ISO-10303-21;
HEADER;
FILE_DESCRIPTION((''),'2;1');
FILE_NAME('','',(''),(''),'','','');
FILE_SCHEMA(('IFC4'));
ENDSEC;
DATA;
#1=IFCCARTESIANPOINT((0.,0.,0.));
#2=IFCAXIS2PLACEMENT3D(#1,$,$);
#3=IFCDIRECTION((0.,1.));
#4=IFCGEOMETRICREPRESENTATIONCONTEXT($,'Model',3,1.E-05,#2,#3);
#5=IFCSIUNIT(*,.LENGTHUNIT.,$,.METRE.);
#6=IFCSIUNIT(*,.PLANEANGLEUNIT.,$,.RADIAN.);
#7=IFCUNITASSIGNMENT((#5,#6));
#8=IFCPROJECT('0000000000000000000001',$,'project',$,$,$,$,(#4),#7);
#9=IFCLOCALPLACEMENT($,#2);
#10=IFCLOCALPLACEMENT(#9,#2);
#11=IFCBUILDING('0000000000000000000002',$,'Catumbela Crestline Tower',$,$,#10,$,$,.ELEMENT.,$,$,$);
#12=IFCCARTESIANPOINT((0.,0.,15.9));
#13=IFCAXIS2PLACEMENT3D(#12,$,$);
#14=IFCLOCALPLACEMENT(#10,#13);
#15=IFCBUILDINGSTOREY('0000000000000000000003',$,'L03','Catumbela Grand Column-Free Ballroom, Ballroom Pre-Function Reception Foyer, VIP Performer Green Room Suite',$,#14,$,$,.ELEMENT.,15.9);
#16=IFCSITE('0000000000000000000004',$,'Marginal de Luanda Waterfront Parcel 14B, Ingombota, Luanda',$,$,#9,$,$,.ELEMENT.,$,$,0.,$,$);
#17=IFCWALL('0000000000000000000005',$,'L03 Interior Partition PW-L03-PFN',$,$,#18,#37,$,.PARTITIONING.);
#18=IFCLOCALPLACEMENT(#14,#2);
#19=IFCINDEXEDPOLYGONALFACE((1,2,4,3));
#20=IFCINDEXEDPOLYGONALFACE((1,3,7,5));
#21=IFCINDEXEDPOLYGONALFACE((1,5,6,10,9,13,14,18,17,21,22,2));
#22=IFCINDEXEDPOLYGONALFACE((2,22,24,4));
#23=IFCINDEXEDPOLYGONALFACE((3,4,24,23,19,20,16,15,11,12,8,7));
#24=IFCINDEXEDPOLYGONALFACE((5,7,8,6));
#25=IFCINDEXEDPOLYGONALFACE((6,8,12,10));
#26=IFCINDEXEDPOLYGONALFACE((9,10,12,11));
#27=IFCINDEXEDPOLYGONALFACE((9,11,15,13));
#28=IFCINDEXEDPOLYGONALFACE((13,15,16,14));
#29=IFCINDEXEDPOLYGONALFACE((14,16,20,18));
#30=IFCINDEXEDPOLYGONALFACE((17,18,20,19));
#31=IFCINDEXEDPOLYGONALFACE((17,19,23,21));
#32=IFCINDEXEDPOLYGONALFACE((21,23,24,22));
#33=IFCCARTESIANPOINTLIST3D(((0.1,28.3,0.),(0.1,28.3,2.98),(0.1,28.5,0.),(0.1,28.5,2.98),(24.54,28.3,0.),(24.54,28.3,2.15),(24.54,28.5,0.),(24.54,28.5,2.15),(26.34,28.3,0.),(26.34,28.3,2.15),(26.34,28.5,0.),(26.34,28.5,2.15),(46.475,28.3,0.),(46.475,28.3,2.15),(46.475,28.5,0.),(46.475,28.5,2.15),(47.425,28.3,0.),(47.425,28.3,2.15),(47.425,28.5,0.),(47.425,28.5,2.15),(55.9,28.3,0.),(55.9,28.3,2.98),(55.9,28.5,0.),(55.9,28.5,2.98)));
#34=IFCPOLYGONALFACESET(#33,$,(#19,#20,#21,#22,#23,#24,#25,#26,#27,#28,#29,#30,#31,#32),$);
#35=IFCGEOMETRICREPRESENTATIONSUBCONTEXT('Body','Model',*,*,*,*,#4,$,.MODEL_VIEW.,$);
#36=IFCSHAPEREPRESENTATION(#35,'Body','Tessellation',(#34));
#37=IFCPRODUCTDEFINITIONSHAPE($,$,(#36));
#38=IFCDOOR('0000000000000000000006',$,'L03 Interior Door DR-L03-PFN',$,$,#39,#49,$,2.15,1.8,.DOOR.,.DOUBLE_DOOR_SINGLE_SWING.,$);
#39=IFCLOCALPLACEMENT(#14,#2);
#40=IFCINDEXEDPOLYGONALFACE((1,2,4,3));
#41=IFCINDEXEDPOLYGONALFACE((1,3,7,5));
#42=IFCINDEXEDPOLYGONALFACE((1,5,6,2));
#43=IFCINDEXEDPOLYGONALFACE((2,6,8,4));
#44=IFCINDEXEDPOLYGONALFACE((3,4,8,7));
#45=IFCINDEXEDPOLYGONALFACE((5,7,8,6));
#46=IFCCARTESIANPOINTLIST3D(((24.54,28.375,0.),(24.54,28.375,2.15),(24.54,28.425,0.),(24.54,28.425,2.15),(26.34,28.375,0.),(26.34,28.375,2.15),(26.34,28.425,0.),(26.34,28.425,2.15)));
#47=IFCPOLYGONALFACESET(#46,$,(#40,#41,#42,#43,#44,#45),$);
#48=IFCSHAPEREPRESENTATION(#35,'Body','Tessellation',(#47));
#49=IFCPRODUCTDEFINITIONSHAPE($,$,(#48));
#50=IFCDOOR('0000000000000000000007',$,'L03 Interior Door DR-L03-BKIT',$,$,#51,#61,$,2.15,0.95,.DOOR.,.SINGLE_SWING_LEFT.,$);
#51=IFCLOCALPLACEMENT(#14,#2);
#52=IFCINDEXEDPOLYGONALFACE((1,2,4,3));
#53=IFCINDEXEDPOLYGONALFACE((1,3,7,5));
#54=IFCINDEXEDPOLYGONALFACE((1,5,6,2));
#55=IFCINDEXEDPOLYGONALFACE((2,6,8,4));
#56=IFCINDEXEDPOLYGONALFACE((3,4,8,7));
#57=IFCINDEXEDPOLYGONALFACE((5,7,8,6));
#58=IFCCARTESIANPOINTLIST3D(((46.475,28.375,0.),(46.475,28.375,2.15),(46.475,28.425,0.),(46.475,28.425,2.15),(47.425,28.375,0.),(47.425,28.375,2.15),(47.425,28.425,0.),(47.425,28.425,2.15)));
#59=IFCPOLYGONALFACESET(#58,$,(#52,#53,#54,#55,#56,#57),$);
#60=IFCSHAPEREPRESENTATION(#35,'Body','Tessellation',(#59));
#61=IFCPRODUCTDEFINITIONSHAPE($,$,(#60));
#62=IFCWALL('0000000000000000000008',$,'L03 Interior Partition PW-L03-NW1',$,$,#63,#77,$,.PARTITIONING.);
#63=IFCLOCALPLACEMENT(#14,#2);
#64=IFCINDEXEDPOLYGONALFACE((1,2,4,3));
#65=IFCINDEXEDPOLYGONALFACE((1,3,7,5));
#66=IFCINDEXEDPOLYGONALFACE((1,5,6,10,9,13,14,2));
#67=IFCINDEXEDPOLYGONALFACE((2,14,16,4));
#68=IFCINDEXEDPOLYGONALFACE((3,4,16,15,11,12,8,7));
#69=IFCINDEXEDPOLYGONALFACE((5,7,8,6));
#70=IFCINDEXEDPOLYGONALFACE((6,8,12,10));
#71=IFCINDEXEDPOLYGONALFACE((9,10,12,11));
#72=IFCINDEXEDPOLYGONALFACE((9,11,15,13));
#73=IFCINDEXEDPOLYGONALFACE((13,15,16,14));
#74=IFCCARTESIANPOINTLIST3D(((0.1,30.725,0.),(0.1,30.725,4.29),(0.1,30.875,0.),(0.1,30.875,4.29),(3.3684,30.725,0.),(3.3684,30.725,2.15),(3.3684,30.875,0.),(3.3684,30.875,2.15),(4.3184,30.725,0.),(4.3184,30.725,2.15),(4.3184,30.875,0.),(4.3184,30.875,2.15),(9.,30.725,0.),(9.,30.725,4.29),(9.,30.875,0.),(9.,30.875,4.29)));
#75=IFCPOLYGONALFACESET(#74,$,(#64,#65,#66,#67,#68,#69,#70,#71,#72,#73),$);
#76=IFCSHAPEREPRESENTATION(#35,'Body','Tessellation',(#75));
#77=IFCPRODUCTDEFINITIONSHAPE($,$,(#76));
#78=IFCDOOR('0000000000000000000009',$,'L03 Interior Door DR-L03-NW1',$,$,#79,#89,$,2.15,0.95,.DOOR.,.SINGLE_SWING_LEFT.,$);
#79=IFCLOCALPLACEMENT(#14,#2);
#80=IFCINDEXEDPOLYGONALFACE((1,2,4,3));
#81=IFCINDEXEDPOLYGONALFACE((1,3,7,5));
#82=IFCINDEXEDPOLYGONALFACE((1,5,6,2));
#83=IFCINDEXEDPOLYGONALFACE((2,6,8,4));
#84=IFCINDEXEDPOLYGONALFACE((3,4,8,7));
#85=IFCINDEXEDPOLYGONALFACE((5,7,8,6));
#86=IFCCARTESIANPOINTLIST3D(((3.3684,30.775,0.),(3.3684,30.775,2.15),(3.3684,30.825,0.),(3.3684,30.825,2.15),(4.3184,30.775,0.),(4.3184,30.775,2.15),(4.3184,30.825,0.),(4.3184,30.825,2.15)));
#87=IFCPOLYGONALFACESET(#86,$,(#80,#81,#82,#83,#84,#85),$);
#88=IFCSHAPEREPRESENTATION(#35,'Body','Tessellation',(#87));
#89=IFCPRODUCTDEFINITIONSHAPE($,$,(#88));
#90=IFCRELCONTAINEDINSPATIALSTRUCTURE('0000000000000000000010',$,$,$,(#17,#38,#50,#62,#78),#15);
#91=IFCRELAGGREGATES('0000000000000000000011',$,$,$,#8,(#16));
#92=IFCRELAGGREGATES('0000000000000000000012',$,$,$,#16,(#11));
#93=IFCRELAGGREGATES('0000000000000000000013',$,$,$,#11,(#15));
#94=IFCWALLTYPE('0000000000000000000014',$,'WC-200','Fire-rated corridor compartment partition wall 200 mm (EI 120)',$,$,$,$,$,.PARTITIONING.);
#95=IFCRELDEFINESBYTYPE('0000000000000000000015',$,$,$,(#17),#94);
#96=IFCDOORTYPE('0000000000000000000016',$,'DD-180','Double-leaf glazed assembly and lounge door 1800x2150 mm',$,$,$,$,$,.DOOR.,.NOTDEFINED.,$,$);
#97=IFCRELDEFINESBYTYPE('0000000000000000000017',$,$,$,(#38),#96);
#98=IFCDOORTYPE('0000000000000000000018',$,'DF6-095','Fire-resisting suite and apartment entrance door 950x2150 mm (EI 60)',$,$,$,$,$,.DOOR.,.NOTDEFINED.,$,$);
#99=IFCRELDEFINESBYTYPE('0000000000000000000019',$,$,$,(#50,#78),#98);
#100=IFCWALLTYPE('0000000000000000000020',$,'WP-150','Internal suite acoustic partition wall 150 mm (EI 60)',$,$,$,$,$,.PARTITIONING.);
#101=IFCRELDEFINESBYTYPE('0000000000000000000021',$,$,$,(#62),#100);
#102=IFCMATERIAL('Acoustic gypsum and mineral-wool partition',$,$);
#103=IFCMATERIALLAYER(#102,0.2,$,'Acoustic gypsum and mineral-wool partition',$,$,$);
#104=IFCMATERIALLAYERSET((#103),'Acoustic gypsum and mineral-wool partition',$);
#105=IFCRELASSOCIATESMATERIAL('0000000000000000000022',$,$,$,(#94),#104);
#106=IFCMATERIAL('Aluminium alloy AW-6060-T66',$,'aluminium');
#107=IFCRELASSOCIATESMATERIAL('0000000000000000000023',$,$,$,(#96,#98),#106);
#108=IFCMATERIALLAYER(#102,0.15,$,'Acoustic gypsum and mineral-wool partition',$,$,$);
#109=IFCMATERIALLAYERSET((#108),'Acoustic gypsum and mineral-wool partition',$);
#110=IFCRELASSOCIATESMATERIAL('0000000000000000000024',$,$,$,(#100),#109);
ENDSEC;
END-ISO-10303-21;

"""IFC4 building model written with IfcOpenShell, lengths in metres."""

from ifc_helpers import new_model, si_unit, direction, frame, frame_2d, origin, place, context, subcontext, project, spatial, rectangle, extrude, material, layer, layer_set, type_object, element, fill, save


model = new_model("IFC4")

# Units and contexts
model_context = context("Model", 3, precision=1e-05, world=origin(), true_north=direction((0.0, 1.0)))
body_context = subcontext(model_context, "Body", "Model", "MODEL_VIEW")
ifc_project = project(units=[si_unit("LENGTHUNIT", "METRE"), si_unit("PLANEANGLEUNIT", "RADIAN")], contexts=[model_context])

# Site, building, storey
site_placement = place(None, origin())
site = spatial("IfcSite", under=ifc_project, at=site_placement, Name="Marginal de Luanda Waterfront Parcel 14B, Ingombota, Luanda", CompositionType="ELEMENT", RefElevation=0.0)
building_placement = place(site_placement, origin())
building = spatial("IfcBuilding", under=site, at=building_placement, Name="Catumbela Crestline Tower", CompositionType="ELEMENT")
storey_placement = place(building_placement, frame((0.0, 0.0, 15.9)))
storey = spatial("IfcBuildingStorey", under=building, at=storey_placement, Name="L03", Description="Catumbela Grand Column-Free Ballroom, Ballroom Pre-Function Reception Foyer, VIP Performer Green Room Suite", CompositionType="ELEMENT", Elevation=15.9)

# Shared definitions
ifc_material_1 = material(Name="Aluminium alloy AW-6060-T66", Category="aluminium")

# Wall, openings, doors
ifc_material_2 = material(Name="Acoustic gypsum and mineral-wool partition")
ifc_layer_1 = layer(ifc_material_2, 0.2, Name="Acoustic gypsum and mineral-wool partition")
ifc_layer_set_1 = layer_set([ifc_layer_1], Name="Acoustic gypsum and mineral-wool partition")
wall_type_1 = type_object("IfcWallType", Name="WC-200", Description="Fire-rated corridor compartment partition wall 200 mm (EI 120)", PredefinedType="PARTITIONING", material=ifc_layer_set_1)
wall_1_placement = place(storey_placement, frame((0.1, 28.4, 0.0), z_axis=(0.0, 0.0, 1.0), x_axis=(1.0, 0.0, 0.0)))
wall_1 = element("IfcWall", 1, at=wall_1_placement, inside=storey, type_object=wall_type_1, Name="L03 Interior Partition PW-L03-PFN", PredefinedType="PARTITIONING", context=body_context, shape_type="SweptSolid", body=[
    extrude(rectangle(XDim=55.8, YDim=0.2, at=frame_2d((27.9, 0.0))), origin(), (0.0, 0.0, 1.0), 2.98),
])
opening_1_placement = place(wall_1_placement, frame((24.44, 0.0, 0.0)))
opening_1 = element("IfcOpeningElement", 2, at=opening_1_placement, cuts=wall_1, PredefinedType="OPENING", context=body_context, shape_type="SweptSolid", body=[
    extrude(rectangle(XDim=1.8, YDim=2.15, at=frame_2d((0.9, 1.075))), frame((0.0, 0.11, 0.0), z_axis=(0.0, -1.0, 0.0), x_axis=(1.0, 0.0, 0.0)), (0.0, 0.0, 1.0), 0.22),
])
opening_2_placement = place(wall_1_placement, frame((46.375, 0.0, 0.0)))
opening_2 = element("IfcOpeningElement", 3, at=opening_2_placement, cuts=wall_1, PredefinedType="OPENING", context=body_context, shape_type="SweptSolid", body=[
    extrude(rectangle(XDim=0.95, YDim=2.15, at=frame_2d((0.475, 1.075))), frame((0.0, 0.11, 0.0), z_axis=(0.0, -1.0, 0.0), x_axis=(1.0, 0.0, 0.0)), (0.0, 0.0, 1.0), 0.22),
])
door_type_1 = type_object("IfcDoorType", Name="DD-180", Description="Double-leaf glazed assembly and lounge door 1800x2150 mm", OperationType="NOTDEFINED", PredefinedType="DOOR", material=ifc_material_1)
door_1_placement = place(opening_1_placement, origin())
door_1 = element("IfcDoor", 4, at=door_1_placement, inside=storey, type_object=door_type_1, Name="L03 Interior Door DR-L03-PFN", OperationType="DOUBLE_DOOR_SINGLE_SWING", OverallHeight=2.15, OverallWidth=1.8, PredefinedType="DOOR", context=body_context, shape_type="SweptSolid", body=[
    extrude(rectangle(XDim=1.8, YDim=2.15, at=frame_2d((0.9, 1.075))), frame((0.0, 0.025, 0.0), z_axis=(0.0, -1.0, 0.0), x_axis=(1.0, 0.0, 0.0)), (0.0, 0.0, 1.0), 0.05),
])
fill(opening_1, door_1)
door_type_2 = type_object("IfcDoorType", Name="DF6-095", Description="Fire-resisting suite and apartment entrance door 950x2150 mm (EI 60)", OperationType="NOTDEFINED", PredefinedType="DOOR", material=ifc_material_1)
door_2_placement = place(opening_2_placement, origin())
door_2 = element("IfcDoor", 5, at=door_2_placement, inside=storey, type_object=door_type_2, Name="L03 Interior Door DR-L03-BKIT", OperationType="SINGLE_SWING_LEFT", OverallHeight=2.15, OverallWidth=0.95, PredefinedType="DOOR", context=body_context, shape_type="SweptSolid", body=[
    extrude(rectangle(XDim=0.95, YDim=2.15, at=frame_2d((0.475, 1.075))), frame((0.0, 0.025, 0.0), z_axis=(0.0, -1.0, 0.0), x_axis=(1.0, 0.0, 0.0)), (0.0, 0.0, 1.0), 0.05),
])
fill(opening_2, door_2)

# Wall, opening, door
ifc_layer_2 = layer(ifc_material_2, 0.15, Name="Acoustic gypsum and mineral-wool partition")
ifc_layer_set_2 = layer_set([ifc_layer_2], Name="Acoustic gypsum and mineral-wool partition")
wall_type_2 = type_object("IfcWallType", Name="WP-150", Description="Internal suite acoustic partition wall 150 mm (EI 60)", PredefinedType="PARTITIONING", material=ifc_layer_set_2)
wall_2_placement = place(storey_placement, frame((0.1, 30.8, 0.0), z_axis=(0.0, 0.0, 1.0), x_axis=(1.0, 0.0, 0.0)))
wall_2 = element("IfcWall", 6, at=wall_2_placement, inside=storey, type_object=wall_type_2, Name="L03 Interior Partition PW-L03-NW1", PredefinedType="PARTITIONING", context=body_context, shape_type="SweptSolid", body=[
    extrude(rectangle(XDim=8.9, YDim=0.15, at=frame_2d((4.45, 0.0))), origin(), (0.0, 0.0, 1.0), 4.29),
])
opening_3_placement = place(wall_2_placement, frame((3.2684, 0.0, 0.0)))
opening_3 = element("IfcOpeningElement", 7, at=opening_3_placement, cuts=wall_2, PredefinedType="OPENING", context=body_context, shape_type="SweptSolid", body=[
    extrude(rectangle(XDim=0.95, YDim=2.15, at=frame_2d((0.475, 1.075))), frame((0.0, 0.085, 0.0), z_axis=(0.0, -1.0, 0.0), x_axis=(1.0, 0.0, 0.0)), (0.0, 0.0, 1.0), 0.17),
])
door_3_placement = place(opening_3_placement, origin())
door_3 = element("IfcDoor", 8, at=door_3_placement, inside=storey, type_object=door_type_2, Name="L03 Interior Door DR-L03-NW1", OperationType="SINGLE_SWING_LEFT", OverallHeight=2.15, OverallWidth=0.95, PredefinedType="DOOR", context=body_context, shape_type="SweptSolid", body=[
    extrude(rectangle(XDim=0.95, YDim=2.15, at=frame_2d((0.475, 1.075))), frame((0.0, 0.025, 0.0), z_axis=(0.0, -1.0, 0.0), x_axis=(1.0, 0.0, 0.0)), (0.0, 0.0, 1.0), 0.05),
])
fill(opening_3, door_3)

save(model, "model.ifc")
